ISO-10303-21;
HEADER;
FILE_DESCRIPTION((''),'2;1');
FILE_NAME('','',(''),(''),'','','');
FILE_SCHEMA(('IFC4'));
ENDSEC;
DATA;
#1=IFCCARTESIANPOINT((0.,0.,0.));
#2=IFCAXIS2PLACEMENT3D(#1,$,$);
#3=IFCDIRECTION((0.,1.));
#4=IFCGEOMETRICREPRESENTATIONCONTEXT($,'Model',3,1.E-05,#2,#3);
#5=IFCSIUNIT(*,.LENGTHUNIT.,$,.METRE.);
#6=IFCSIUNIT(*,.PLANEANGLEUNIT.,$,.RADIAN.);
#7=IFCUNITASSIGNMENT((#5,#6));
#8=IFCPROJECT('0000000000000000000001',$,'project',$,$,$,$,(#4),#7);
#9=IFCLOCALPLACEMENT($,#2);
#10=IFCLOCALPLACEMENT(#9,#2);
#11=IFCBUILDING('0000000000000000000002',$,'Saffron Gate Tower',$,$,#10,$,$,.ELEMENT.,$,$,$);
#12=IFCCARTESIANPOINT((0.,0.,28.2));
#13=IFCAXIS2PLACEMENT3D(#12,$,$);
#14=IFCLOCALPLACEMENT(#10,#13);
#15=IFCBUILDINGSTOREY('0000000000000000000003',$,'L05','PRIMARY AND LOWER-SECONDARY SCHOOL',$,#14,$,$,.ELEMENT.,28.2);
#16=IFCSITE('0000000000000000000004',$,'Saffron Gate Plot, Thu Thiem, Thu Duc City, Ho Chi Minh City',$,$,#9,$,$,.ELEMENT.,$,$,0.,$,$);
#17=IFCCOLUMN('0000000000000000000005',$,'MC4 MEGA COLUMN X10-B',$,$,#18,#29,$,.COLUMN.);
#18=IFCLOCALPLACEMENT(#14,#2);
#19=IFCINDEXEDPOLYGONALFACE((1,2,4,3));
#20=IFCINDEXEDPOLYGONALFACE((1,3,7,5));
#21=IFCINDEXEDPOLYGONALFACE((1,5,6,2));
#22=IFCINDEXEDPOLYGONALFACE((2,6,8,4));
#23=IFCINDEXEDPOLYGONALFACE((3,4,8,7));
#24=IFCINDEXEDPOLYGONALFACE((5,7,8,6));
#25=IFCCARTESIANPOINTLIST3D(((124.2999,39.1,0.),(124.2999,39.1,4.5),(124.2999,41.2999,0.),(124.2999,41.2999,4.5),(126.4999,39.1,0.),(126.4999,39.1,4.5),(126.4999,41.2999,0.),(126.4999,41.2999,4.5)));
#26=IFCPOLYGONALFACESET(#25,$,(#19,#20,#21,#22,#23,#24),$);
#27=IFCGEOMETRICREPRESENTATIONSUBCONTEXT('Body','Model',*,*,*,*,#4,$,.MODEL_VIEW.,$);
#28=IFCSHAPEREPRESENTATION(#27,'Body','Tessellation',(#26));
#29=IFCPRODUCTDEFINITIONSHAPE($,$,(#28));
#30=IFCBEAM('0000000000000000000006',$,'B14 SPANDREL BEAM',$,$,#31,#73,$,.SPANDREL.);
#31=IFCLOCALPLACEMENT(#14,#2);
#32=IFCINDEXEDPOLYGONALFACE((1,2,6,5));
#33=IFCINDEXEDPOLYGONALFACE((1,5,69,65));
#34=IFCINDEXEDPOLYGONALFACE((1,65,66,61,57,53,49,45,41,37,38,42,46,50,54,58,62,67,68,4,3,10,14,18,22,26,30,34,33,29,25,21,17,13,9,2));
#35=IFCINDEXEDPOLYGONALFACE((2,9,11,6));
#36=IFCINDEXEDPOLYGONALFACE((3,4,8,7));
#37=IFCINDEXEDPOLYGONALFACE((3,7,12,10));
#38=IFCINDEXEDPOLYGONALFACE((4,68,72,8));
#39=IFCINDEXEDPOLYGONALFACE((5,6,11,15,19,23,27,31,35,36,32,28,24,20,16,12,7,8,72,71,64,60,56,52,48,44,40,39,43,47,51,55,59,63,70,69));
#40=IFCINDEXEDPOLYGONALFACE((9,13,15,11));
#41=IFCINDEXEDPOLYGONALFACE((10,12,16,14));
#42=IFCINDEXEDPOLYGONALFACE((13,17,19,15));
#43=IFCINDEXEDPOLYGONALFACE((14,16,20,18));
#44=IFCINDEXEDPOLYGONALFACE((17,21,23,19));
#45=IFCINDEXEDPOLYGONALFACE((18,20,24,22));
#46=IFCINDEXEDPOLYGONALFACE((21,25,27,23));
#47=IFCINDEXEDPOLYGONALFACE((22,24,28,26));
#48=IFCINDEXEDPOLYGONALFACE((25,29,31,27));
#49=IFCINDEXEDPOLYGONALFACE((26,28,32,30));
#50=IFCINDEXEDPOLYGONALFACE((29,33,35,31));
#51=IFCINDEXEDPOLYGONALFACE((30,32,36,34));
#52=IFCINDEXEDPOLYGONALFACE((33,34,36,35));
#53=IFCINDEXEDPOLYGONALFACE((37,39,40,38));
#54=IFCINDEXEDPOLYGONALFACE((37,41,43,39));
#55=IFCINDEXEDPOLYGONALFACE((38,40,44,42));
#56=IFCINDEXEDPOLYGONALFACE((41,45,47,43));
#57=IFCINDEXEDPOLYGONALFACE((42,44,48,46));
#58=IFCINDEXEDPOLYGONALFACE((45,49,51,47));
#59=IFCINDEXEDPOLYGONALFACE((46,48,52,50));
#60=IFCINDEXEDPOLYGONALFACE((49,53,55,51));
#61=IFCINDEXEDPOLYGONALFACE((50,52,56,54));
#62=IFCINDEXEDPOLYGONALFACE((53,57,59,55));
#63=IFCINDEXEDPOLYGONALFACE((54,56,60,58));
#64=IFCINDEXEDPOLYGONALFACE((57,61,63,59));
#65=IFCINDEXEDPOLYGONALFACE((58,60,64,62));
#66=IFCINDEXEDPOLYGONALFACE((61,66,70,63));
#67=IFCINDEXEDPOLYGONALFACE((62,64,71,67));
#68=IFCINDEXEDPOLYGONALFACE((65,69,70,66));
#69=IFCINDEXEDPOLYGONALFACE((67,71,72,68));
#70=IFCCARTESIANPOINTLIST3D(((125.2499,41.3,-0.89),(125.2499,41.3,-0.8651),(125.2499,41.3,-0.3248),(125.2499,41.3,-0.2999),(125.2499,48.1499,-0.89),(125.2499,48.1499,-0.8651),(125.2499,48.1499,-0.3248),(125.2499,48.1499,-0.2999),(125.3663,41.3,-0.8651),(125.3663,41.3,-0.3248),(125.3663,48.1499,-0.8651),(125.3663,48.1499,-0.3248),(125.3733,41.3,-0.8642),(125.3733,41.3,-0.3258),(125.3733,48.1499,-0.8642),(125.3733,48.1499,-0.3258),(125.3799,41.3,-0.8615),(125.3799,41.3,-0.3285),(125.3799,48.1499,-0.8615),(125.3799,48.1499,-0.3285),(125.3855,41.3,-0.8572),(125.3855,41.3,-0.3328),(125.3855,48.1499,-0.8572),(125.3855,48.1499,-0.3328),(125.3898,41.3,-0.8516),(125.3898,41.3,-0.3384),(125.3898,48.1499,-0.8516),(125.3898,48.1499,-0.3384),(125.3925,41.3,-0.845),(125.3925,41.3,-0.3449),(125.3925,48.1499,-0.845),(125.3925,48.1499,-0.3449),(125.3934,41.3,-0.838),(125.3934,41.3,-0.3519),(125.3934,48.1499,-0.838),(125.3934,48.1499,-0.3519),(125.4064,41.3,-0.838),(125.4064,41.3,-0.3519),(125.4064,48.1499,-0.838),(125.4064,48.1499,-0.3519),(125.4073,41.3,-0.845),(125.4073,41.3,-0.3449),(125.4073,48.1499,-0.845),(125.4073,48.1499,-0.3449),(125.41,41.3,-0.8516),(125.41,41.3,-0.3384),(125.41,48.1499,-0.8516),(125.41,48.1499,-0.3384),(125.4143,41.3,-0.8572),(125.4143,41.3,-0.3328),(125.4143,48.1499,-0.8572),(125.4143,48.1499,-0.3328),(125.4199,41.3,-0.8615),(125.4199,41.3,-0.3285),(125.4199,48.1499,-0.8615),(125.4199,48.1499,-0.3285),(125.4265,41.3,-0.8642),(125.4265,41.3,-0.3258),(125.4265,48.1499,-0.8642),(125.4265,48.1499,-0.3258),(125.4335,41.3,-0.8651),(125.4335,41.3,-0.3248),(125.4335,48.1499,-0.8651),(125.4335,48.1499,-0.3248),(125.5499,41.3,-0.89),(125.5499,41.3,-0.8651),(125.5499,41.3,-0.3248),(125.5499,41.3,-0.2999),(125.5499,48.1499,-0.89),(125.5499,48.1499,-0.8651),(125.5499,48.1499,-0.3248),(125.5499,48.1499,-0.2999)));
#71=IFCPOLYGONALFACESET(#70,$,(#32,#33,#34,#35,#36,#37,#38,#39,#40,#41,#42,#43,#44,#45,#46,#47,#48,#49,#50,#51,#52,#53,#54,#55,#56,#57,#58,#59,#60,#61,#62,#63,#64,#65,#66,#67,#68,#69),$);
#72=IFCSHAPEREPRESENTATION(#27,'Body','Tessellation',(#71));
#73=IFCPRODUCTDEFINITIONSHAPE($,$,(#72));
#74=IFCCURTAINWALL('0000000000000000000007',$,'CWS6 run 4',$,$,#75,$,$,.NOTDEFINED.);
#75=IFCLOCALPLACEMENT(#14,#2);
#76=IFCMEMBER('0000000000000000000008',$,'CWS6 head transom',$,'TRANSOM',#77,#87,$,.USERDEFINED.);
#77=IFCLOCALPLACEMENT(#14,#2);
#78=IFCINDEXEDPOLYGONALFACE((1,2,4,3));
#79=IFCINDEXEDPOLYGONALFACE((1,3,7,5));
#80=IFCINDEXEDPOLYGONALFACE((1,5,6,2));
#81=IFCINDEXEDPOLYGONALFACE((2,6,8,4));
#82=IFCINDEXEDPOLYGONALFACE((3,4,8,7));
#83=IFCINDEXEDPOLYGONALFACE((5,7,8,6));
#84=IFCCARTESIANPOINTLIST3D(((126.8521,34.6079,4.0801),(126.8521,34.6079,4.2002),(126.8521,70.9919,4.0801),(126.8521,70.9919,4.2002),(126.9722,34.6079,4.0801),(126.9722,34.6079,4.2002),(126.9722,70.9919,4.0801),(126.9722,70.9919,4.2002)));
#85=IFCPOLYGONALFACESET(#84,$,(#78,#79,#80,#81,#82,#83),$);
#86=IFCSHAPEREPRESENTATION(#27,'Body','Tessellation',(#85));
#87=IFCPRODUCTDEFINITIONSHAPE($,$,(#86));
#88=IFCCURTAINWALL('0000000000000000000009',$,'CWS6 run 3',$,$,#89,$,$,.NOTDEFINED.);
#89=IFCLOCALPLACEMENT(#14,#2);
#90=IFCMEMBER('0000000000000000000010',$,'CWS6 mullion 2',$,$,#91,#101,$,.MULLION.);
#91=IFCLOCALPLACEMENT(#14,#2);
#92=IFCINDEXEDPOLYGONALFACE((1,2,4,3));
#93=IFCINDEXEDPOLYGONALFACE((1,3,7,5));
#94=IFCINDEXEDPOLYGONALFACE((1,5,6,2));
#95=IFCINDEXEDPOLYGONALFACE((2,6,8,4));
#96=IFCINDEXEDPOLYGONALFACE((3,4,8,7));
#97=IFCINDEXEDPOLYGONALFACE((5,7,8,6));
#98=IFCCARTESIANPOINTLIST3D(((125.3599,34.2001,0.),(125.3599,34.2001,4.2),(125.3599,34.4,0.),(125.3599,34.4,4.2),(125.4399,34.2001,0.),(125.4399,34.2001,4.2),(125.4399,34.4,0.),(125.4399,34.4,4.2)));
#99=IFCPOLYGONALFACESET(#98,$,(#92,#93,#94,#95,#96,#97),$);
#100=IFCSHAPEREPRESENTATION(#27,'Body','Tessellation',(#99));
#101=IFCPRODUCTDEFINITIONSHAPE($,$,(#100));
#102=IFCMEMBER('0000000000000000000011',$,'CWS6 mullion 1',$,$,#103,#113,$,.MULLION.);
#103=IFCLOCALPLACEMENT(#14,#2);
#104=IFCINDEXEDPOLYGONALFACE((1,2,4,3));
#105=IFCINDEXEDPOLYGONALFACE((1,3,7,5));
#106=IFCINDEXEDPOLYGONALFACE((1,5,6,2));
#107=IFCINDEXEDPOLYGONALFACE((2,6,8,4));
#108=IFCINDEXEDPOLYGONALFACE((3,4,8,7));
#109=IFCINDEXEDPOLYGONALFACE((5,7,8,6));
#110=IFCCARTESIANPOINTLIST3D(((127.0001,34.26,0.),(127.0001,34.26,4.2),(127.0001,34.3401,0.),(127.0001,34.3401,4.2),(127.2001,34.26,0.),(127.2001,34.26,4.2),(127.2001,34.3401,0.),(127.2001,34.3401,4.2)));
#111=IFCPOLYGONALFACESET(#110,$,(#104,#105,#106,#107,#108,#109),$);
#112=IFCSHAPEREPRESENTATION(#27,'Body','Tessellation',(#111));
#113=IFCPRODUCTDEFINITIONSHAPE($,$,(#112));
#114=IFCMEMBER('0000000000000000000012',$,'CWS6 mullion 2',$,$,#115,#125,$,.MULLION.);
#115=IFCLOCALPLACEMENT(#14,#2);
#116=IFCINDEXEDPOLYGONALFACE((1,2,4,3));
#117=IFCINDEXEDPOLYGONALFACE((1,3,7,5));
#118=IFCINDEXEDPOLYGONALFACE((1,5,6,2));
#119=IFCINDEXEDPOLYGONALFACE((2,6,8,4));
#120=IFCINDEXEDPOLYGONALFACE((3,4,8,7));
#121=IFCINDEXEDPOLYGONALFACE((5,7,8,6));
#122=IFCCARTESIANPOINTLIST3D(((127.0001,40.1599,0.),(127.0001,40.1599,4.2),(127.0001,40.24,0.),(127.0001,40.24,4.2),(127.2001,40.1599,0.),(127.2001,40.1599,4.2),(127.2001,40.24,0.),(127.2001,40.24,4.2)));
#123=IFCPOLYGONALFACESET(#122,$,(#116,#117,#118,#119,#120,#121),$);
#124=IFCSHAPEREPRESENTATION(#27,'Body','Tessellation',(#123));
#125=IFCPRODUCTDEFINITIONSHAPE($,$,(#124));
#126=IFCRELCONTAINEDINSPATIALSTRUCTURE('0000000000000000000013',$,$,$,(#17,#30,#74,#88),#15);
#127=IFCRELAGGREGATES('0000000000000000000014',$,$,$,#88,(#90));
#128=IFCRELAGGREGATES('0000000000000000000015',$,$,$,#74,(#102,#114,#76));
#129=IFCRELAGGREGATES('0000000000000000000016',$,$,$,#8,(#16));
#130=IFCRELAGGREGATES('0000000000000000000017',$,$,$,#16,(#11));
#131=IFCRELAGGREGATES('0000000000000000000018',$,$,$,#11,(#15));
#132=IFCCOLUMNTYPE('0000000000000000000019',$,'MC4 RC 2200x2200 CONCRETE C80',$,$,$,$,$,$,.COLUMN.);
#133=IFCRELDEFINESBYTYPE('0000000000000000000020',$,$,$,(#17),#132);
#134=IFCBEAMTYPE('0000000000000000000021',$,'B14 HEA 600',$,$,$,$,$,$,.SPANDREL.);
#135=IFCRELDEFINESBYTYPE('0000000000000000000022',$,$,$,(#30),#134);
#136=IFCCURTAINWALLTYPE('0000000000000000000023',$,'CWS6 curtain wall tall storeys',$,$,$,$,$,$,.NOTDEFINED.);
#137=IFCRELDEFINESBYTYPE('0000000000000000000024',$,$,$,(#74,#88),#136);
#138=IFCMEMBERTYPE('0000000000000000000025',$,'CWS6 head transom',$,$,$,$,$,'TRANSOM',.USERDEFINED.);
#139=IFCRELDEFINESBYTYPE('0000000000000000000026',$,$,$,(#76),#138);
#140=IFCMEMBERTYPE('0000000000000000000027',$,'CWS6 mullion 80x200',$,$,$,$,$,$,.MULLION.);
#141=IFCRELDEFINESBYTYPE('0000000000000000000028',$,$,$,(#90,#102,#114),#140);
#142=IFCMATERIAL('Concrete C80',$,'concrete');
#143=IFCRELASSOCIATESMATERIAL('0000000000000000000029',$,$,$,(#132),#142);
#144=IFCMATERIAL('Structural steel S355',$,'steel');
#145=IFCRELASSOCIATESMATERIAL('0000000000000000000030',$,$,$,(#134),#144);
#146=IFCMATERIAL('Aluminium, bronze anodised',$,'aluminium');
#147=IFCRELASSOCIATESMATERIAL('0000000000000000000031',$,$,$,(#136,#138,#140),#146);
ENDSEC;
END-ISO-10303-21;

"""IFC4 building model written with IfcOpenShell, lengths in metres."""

from ifc_helpers import new_model, si_unit, direction, frame, origin, origin_2d, place, context, subcontext, project, spatial, rectangle, i_section, extrude, material, material_profile, profile_set, type_object, element, aggregate, save


model = new_model("IFC4")

# Units and contexts
model_context = context("Model", 3, precision=1e-05, world=origin(), true_north=direction((0.0, 1.0)))
body_context = subcontext(model_context, "Body", "Model", "MODEL_VIEW")
ifc_project = project(units=[si_unit("LENGTHUNIT", "METRE"), si_unit("PLANEANGLEUNIT", "RADIAN")], contexts=[model_context])

# Site, building, storey
site_placement = place(None, origin())
site = spatial("IfcSite", under=ifc_project, at=site_placement, Name="Saffron Gate Plot, Thu Thiem, Thu Duc City, Ho Chi Minh City", CompositionType="ELEMENT", RefElevation=0.0)
building_placement = place(site_placement, origin())
building = spatial("IfcBuilding", under=site, at=building_placement, Name="Saffron Gate Tower", CompositionType="ELEMENT")
storey_placement = place(building_placement, frame((0.0, 0.0, 28.2)))
storey = spatial("IfcBuildingStorey", under=building, at=storey_placement, Name="L05", Description="PRIMARY AND LOWER-SECONDARY SCHOOL", CompositionType="ELEMENT", Elevation=28.2)

# Column
ifc_material_1 = material(Name="Concrete C80", Category="concrete")
ifc_material_profile_1 = material_profile(ifc_material_1, rectangle(XDim=2.2, YDim=2.2, at=origin_2d()))
ifc_profile_set_1 = profile_set([ifc_material_profile_1], Name="Concrete C80")
column_type = type_object("IfcColumnType", Name="MC4 RC 2200x2200 CONCRETE C80", PredefinedType="COLUMN", material=ifc_profile_set_1)
column_placement = place(storey_placement, frame((125.3999, 40.2, 0.0), z_axis=(0.0, 0.0, 1.0), x_axis=(1.0, 0.0, 0.0)))
element("IfcColumn", 1, at=column_placement, inside=storey, type_object=column_type, Name="MC4 MEGA COLUMN X10-B", PredefinedType="COLUMN", context=body_context, shape_type="SweptSolid", body=[
    extrude(rectangle(XDim=2.2, YDim=2.2, at=origin_2d()), origin(), (0.0, 0.0, 1.0), 4.5),
])

# Beam
ifc_material_2 = material(Name="Structural steel S355", Category="steel")
ifc_material_profile_2 = material_profile(ifc_material_2, i_section(OverallWidth=0.3, OverallDepth=0.5901, WebThickness=0.0129, FlangeThickness=0.0249, FilletRadius=0.0271, at=origin_2d()))
ifc_profile_set_2 = profile_set([ifc_material_profile_2], Name="Structural steel S355")
beam_type = type_object("IfcBeamType", Name="B14 HEA 600", PredefinedType="SPANDREL", material=ifc_profile_set_2)
beam_placement = place(storey_placement, frame((125.3999, 41.3, -0.595), z_axis=(0.0, 1.0, 0.0), x_axis=(-1.0, 0.0, 0.0)))
element("IfcBeam", 2, at=beam_placement, inside=storey, type_object=beam_type, Name="B14 SPANDREL BEAM", PredefinedType="SPANDREL", context=body_context, shape_type="SweptSolid", body=[
    extrude(i_section(OverallWidth=0.3, OverallDepth=0.5901, WebThickness=0.0129, FlangeThickness=0.0249, FilletRadius=0.0271, at=origin_2d()), origin(), (0.0, 0.0, 1.0), 6.8499),
])

# Curtain walls, members
ifc_material_3 = material(Name="Aluminium, bronze anodised", Category="aluminium")
curtain_wall_type = type_object("IfcCurtainWallType", Name="CWS6 curtain wall tall storeys", PredefinedType="NOTDEFINED", material=ifc_material_3)
curtain_wall_1_placement = place(storey_placement, origin())
curtain_wall_1 = element("IfcCurtainWall", 3, at=curtain_wall_1_placement, inside=storey, type_object=curtain_wall_type, Name="CWS6 run 4", PredefinedType="NOTDEFINED")
ifc_material_profile_3 = material_profile(ifc_material_3, rectangle(XDim=0.1201, YDim=0.1201, at=origin_2d()))
ifc_profile_set_3 = profile_set([ifc_material_profile_3], Name="Aluminium, bronze anodised")
member_type_1 = type_object("IfcMemberType", Name="CWS6 head transom", ElementType="TRANSOM", PredefinedType="USERDEFINED", material=ifc_profile_set_3)
member_1_placement = place(storey_placement, frame((126.9121, 34.6079, 4.1401), z_axis=(0.0, 1.0, 0.0), x_axis=(-1.0, 0.0, 0.0)))
member_1 = element("IfcMember", 4, at=member_1_placement, type_object=member_type_1, Name="CWS6 head transom", ObjectType="TRANSOM", PredefinedType="USERDEFINED", context=body_context, shape_type="SweptSolid", body=[
    extrude(rectangle(XDim=0.1201, YDim=0.1201, at=origin_2d()), origin(), (0.0, 0.0, 1.0), 36.384),
])
curtain_wall_2_placement = place(storey_placement, origin())
curtain_wall_2 = element("IfcCurtainWall", 5, at=curtain_wall_2_placement, inside=storey, type_object=curtain_wall_type, Name="CWS6 run 3", PredefinedType="NOTDEFINED")
ifc_material_profile_4 = material_profile(ifc_material_3, rectangle(XDim=0.2, YDim=0.0801, at=origin_2d()))
ifc_profile_set_4 = profile_set([ifc_material_profile_4], Name="Aluminium, bronze anodised")
member_type_2 = type_object("IfcMemberType", Name="CWS6 mullion 80x200", PredefinedType="MULLION", material=ifc_profile_set_4)
member_2_placement = place(storey_placement, frame((125.3999, 34.3, 0.0), z_axis=(0.0, 0.0, 1.0), x_axis=(0.0, 1.0, 0.0)))
member_2 = element("IfcMember", 6, at=member_2_placement, type_object=member_type_2, Name="CWS6 mullion 2", PredefinedType="MULLION", context=body_context, shape_type="SweptSolid", body=[
    extrude(rectangle(XDim=0.2, YDim=0.0801, at=origin_2d()), origin(), (0.0, 0.0, 1.0), 4.2),
])
aggregate(curtain_wall_2, [member_2])

# Members
member_3_placement = place(storey_placement, frame((127.1001, 34.3, 0.0), z_axis=(0.0, 0.0, 1.0), x_axis=(-1.0, 0.0, 0.0)))
member_3 = element("IfcMember", 7, at=member_3_placement, type_object=member_type_2, Name="CWS6 mullion 1", PredefinedType="MULLION", context=body_context, shape_type="SweptSolid", body=[
    extrude(rectangle(XDim=0.2, YDim=0.0801, at=origin_2d()), origin(), (0.0, 0.0, 1.0), 4.2),
])
member_4_placement = place(storey_placement, frame((127.1001, 40.2, 0.0), z_axis=(0.0, 0.0, 1.0), x_axis=(-1.0, 0.0, 0.0)))
member_4 = element("IfcMember", 8, at=member_4_placement, type_object=member_type_2, Name="CWS6 mullion 2", PredefinedType="MULLION", context=body_context, shape_type="SweptSolid", body=[
    extrude(rectangle(XDim=0.2, YDim=0.0801, at=origin_2d()), origin(), (0.0, 0.0, 1.0), 4.2),
])

aggregate(curtain_wall_1, [member_3, member_4, member_1])

save(model, "model.ifc")
